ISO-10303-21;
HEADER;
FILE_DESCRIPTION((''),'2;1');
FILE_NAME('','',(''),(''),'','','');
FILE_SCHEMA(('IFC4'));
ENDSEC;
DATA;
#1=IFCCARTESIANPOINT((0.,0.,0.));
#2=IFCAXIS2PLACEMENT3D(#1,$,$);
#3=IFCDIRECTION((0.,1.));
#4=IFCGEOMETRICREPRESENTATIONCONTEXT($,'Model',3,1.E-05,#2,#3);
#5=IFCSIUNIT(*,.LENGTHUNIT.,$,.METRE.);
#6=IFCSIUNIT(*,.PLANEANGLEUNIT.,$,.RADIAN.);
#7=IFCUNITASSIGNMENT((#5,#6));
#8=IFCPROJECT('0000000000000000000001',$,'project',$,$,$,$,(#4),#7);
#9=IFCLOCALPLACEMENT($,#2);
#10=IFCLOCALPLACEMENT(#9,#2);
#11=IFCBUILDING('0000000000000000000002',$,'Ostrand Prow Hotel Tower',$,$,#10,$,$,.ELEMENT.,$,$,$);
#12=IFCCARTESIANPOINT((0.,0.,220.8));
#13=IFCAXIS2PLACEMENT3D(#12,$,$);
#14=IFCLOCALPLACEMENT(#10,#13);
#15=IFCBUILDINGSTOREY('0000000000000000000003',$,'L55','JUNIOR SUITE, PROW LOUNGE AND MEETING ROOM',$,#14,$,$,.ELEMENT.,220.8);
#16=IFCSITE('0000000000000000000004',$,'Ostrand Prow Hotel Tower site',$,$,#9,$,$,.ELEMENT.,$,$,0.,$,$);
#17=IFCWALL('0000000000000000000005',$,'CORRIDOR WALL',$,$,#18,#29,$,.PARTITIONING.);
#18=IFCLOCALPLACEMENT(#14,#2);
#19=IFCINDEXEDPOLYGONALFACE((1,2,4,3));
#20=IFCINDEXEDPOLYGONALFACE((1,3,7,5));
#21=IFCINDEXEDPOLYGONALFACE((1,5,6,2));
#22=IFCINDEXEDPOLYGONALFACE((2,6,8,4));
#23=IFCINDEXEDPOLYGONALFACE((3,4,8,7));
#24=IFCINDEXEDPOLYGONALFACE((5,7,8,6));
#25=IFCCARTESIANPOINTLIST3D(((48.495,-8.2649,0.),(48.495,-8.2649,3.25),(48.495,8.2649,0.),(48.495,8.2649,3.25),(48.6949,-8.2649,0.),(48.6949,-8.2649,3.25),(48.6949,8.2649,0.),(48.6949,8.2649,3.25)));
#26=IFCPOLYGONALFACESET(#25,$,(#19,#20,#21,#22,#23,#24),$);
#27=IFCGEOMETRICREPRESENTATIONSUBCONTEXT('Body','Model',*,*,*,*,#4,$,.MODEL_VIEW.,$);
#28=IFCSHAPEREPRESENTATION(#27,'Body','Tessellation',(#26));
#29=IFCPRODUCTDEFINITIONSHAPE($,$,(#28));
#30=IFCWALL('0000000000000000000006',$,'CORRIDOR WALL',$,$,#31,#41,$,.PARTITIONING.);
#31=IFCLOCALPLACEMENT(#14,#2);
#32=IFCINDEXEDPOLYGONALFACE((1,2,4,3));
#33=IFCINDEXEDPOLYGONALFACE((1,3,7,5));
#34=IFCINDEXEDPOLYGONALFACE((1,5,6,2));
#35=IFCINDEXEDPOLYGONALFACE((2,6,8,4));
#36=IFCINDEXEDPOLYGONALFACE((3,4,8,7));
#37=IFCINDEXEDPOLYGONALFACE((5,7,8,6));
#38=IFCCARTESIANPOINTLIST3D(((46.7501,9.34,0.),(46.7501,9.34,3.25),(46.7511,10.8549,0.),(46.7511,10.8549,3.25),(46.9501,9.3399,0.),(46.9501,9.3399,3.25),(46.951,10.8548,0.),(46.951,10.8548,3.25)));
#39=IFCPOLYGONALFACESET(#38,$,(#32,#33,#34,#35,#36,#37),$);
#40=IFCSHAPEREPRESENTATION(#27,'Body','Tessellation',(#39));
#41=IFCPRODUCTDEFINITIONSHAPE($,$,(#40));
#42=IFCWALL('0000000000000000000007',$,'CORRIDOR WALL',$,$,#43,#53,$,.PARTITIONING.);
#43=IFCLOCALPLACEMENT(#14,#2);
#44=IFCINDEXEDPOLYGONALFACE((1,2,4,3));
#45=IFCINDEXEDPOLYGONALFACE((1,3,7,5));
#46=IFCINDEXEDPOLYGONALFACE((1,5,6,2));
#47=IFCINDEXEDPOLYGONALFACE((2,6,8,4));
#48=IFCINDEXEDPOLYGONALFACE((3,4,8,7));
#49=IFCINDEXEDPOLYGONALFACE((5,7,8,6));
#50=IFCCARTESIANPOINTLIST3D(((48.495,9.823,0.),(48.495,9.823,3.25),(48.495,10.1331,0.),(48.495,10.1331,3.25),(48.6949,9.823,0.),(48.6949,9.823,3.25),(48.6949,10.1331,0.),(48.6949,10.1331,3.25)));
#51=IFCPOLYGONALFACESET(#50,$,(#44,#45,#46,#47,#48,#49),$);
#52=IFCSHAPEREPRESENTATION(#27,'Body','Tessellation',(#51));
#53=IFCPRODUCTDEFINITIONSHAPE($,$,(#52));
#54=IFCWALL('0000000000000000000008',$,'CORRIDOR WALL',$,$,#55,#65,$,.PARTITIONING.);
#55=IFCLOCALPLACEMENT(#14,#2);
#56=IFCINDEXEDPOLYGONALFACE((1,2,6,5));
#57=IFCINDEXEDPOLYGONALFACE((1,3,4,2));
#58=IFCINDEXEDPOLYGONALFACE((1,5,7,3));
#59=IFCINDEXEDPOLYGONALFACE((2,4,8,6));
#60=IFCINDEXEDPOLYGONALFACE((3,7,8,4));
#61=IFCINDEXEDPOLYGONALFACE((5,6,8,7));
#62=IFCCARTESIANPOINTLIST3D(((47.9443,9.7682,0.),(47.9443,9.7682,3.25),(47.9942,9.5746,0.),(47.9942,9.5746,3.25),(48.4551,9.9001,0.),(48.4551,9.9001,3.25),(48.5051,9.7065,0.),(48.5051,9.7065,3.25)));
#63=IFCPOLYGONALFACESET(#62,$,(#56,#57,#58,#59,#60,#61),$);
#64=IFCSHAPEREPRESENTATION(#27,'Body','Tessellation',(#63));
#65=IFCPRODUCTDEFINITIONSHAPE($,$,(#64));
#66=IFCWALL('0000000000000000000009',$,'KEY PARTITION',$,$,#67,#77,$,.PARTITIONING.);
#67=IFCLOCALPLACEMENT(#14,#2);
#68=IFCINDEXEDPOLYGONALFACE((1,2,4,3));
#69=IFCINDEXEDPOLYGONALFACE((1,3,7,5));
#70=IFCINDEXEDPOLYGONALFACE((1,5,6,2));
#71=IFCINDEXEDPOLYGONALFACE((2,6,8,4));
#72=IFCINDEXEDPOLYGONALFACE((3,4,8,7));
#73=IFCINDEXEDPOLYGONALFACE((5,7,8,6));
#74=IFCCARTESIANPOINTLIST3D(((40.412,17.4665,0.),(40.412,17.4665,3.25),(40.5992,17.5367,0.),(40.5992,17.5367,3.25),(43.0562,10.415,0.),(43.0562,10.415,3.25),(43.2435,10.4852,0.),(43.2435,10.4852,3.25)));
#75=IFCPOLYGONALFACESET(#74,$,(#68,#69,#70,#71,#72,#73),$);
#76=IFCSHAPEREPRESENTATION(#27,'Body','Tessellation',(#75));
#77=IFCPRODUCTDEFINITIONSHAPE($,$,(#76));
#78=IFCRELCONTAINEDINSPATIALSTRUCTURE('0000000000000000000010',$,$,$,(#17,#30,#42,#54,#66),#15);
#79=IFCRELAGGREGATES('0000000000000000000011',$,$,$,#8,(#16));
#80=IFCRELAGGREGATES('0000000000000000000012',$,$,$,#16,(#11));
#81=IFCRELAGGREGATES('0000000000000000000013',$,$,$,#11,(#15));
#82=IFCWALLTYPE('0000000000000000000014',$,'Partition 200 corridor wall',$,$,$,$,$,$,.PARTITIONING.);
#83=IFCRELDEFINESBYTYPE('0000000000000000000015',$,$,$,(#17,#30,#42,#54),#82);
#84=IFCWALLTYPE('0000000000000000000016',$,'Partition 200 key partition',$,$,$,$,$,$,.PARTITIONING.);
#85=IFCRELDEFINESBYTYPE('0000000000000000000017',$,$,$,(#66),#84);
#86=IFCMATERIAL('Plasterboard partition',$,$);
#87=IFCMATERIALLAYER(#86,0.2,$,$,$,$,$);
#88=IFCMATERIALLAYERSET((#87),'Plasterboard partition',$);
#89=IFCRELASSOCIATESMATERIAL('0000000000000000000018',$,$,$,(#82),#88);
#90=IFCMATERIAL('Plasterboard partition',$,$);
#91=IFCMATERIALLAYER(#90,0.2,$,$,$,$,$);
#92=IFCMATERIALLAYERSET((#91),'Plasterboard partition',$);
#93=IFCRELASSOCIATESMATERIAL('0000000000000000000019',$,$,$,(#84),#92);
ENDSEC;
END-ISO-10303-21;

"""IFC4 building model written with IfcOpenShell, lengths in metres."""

from ifc_helpers import new_model, si_unit, direction, frame, frame_2d, origin, place, context, subcontext, project, spatial, rectangle, extrude, material, layer, layer_set, type_object, element, save


model = new_model("IFC4")

# Units and contexts
model_context = context("Model", 3, precision=1e-05, world=origin(), true_north=direction((0.0, 1.0)))
body_context = subcontext(model_context, "Body", "Model", "MODEL_VIEW")
ifc_project = project(units=[si_unit("LENGTHUNIT", "METRE"), si_unit("PLANEANGLEUNIT", "RADIAN")], contexts=[model_context])

# Site, building, storey
site_placement = place(None, origin())
site = spatial("IfcSite", under=ifc_project, at=site_placement, Name="Ostrand Prow Hotel Tower site", CompositionType="ELEMENT", RefElevation=0.0)
building_placement = place(site_placement, origin())
building = spatial("IfcBuilding", under=site, at=building_placement, Name="Ostrand Prow Hotel Tower", CompositionType="ELEMENT")
storey_placement = place(building_placement, frame((0.0, 0.0, 220.8)))
storey = spatial("IfcBuildingStorey", under=building, at=storey_placement, Name="L55", Description="JUNIOR SUITE, PROW LOUNGE AND MEETING ROOM", CompositionType="ELEMENT", Elevation=220.8)

# Shared definitions
ifc_material_1 = material(Name="Plasterboard partition")
ifc_layer_1 = layer(ifc_material_1, 0.2)
ifc_layer_set_1 = layer_set([ifc_layer_1], Name="Plasterboard partition")
wall_type_1 = type_object("IfcWallType", Name="Partition 200 corridor wall", PredefinedType="PARTITIONING", material=ifc_layer_set_1)

# Walls
wall_1_placement = place(storey_placement, frame((48.595, 8.2649, 0.0), z_axis=(0.0, 0.0, 1.0), x_axis=(0.0, -1.0, 0.0)))
element("IfcWall", 1, at=wall_1_placement, inside=storey, type_object=wall_type_1, Name="CORRIDOR WALL", PredefinedType="PARTITIONING", context=body_context, shape_type="SweptSolid", body=[
    extrude(rectangle(XDim=16.5298, YDim=0.2, at=frame_2d((8.2649, 0.0))), origin(), (0.0, 0.0, 1.0), 3.25),
])
wall_2_placement = place(storey_placement, frame((46.8501, 9.3401, 0.0), z_axis=(0.0, 0.0, 1.0), x_axis=(0.000645, 1.0, 0.0)))
element("IfcWall", 2, at=wall_2_placement, inside=storey, type_object=wall_type_1, Name="CORRIDOR WALL", PredefinedType="PARTITIONING", context=body_context, shape_type="SweptSolid", body=[
    extrude(rectangle(XDim=1.5149, YDim=0.2, at=frame_2d((0.7573, 0.0))), origin(), (0.0, 0.0, 1.0), 3.25),
])
wall_3_placement = place(storey_placement, frame((48.595, 10.1331, 0.0), z_axis=(0.0, 0.0, 1.0), x_axis=(0.0, -1.0, 0.0)))
element("IfcWall", 3, at=wall_3_placement, inside=storey, type_object=wall_type_1, Name="CORRIDOR WALL", PredefinedType="PARTITIONING", context=body_context, shape_type="SweptSolid", body=[
    extrude(rectangle(XDim=0.3101, YDim=0.2, at=frame_2d((0.155, 0.0))), origin(), (0.0, 0.0, 1.0), 3.25),
])
wall_4_placement = place(storey_placement, frame((48.48, 9.8032, 0.0), z_axis=(0.0, 0.0, 1.0), x_axis=(-0.968263, -0.249934, 0.0)))
element("IfcWall", 4, at=wall_4_placement, inside=storey, type_object=wall_type_1, Name="CORRIDOR WALL", PredefinedType="PARTITIONING", context=body_context, shape_type="SweptSolid", body=[
    extrude(rectangle(XDim=0.5276, YDim=0.2, at=frame_2d((0.2637, 0.0))), origin(), (0.0, 0.0, 1.0), 3.25),
])
ifc_material_2 = material(Name="Plasterboard partition")
ifc_layer_2 = layer(ifc_material_2, 0.2)
ifc_layer_set_2 = layer_set([ifc_layer_2], Name="Plasterboard partition")
wall_type_2 = type_object("IfcWallType", Name="Partition 200 key partition", PredefinedType="PARTITIONING", material=ifc_layer_set_2)
wall_5_placement = place(storey_placement, frame((43.1499, 10.45, 0.0), z_axis=(0.0, 0.0, 1.0), x_axis=(-0.35112, 0.936331, 0.0)))
element("IfcWall", 5, at=wall_5_placement, inside=storey, type_object=wall_type_2, Name="KEY PARTITION", PredefinedType="PARTITIONING", context=body_context, shape_type="SweptSolid", body=[
    extrude(rectangle(XDim=7.531, YDim=0.2, at=frame_2d((3.7656, 0.0))), origin(), (0.0, 0.0, 1.0), 3.25),
])

save(model, "model.ifc")
